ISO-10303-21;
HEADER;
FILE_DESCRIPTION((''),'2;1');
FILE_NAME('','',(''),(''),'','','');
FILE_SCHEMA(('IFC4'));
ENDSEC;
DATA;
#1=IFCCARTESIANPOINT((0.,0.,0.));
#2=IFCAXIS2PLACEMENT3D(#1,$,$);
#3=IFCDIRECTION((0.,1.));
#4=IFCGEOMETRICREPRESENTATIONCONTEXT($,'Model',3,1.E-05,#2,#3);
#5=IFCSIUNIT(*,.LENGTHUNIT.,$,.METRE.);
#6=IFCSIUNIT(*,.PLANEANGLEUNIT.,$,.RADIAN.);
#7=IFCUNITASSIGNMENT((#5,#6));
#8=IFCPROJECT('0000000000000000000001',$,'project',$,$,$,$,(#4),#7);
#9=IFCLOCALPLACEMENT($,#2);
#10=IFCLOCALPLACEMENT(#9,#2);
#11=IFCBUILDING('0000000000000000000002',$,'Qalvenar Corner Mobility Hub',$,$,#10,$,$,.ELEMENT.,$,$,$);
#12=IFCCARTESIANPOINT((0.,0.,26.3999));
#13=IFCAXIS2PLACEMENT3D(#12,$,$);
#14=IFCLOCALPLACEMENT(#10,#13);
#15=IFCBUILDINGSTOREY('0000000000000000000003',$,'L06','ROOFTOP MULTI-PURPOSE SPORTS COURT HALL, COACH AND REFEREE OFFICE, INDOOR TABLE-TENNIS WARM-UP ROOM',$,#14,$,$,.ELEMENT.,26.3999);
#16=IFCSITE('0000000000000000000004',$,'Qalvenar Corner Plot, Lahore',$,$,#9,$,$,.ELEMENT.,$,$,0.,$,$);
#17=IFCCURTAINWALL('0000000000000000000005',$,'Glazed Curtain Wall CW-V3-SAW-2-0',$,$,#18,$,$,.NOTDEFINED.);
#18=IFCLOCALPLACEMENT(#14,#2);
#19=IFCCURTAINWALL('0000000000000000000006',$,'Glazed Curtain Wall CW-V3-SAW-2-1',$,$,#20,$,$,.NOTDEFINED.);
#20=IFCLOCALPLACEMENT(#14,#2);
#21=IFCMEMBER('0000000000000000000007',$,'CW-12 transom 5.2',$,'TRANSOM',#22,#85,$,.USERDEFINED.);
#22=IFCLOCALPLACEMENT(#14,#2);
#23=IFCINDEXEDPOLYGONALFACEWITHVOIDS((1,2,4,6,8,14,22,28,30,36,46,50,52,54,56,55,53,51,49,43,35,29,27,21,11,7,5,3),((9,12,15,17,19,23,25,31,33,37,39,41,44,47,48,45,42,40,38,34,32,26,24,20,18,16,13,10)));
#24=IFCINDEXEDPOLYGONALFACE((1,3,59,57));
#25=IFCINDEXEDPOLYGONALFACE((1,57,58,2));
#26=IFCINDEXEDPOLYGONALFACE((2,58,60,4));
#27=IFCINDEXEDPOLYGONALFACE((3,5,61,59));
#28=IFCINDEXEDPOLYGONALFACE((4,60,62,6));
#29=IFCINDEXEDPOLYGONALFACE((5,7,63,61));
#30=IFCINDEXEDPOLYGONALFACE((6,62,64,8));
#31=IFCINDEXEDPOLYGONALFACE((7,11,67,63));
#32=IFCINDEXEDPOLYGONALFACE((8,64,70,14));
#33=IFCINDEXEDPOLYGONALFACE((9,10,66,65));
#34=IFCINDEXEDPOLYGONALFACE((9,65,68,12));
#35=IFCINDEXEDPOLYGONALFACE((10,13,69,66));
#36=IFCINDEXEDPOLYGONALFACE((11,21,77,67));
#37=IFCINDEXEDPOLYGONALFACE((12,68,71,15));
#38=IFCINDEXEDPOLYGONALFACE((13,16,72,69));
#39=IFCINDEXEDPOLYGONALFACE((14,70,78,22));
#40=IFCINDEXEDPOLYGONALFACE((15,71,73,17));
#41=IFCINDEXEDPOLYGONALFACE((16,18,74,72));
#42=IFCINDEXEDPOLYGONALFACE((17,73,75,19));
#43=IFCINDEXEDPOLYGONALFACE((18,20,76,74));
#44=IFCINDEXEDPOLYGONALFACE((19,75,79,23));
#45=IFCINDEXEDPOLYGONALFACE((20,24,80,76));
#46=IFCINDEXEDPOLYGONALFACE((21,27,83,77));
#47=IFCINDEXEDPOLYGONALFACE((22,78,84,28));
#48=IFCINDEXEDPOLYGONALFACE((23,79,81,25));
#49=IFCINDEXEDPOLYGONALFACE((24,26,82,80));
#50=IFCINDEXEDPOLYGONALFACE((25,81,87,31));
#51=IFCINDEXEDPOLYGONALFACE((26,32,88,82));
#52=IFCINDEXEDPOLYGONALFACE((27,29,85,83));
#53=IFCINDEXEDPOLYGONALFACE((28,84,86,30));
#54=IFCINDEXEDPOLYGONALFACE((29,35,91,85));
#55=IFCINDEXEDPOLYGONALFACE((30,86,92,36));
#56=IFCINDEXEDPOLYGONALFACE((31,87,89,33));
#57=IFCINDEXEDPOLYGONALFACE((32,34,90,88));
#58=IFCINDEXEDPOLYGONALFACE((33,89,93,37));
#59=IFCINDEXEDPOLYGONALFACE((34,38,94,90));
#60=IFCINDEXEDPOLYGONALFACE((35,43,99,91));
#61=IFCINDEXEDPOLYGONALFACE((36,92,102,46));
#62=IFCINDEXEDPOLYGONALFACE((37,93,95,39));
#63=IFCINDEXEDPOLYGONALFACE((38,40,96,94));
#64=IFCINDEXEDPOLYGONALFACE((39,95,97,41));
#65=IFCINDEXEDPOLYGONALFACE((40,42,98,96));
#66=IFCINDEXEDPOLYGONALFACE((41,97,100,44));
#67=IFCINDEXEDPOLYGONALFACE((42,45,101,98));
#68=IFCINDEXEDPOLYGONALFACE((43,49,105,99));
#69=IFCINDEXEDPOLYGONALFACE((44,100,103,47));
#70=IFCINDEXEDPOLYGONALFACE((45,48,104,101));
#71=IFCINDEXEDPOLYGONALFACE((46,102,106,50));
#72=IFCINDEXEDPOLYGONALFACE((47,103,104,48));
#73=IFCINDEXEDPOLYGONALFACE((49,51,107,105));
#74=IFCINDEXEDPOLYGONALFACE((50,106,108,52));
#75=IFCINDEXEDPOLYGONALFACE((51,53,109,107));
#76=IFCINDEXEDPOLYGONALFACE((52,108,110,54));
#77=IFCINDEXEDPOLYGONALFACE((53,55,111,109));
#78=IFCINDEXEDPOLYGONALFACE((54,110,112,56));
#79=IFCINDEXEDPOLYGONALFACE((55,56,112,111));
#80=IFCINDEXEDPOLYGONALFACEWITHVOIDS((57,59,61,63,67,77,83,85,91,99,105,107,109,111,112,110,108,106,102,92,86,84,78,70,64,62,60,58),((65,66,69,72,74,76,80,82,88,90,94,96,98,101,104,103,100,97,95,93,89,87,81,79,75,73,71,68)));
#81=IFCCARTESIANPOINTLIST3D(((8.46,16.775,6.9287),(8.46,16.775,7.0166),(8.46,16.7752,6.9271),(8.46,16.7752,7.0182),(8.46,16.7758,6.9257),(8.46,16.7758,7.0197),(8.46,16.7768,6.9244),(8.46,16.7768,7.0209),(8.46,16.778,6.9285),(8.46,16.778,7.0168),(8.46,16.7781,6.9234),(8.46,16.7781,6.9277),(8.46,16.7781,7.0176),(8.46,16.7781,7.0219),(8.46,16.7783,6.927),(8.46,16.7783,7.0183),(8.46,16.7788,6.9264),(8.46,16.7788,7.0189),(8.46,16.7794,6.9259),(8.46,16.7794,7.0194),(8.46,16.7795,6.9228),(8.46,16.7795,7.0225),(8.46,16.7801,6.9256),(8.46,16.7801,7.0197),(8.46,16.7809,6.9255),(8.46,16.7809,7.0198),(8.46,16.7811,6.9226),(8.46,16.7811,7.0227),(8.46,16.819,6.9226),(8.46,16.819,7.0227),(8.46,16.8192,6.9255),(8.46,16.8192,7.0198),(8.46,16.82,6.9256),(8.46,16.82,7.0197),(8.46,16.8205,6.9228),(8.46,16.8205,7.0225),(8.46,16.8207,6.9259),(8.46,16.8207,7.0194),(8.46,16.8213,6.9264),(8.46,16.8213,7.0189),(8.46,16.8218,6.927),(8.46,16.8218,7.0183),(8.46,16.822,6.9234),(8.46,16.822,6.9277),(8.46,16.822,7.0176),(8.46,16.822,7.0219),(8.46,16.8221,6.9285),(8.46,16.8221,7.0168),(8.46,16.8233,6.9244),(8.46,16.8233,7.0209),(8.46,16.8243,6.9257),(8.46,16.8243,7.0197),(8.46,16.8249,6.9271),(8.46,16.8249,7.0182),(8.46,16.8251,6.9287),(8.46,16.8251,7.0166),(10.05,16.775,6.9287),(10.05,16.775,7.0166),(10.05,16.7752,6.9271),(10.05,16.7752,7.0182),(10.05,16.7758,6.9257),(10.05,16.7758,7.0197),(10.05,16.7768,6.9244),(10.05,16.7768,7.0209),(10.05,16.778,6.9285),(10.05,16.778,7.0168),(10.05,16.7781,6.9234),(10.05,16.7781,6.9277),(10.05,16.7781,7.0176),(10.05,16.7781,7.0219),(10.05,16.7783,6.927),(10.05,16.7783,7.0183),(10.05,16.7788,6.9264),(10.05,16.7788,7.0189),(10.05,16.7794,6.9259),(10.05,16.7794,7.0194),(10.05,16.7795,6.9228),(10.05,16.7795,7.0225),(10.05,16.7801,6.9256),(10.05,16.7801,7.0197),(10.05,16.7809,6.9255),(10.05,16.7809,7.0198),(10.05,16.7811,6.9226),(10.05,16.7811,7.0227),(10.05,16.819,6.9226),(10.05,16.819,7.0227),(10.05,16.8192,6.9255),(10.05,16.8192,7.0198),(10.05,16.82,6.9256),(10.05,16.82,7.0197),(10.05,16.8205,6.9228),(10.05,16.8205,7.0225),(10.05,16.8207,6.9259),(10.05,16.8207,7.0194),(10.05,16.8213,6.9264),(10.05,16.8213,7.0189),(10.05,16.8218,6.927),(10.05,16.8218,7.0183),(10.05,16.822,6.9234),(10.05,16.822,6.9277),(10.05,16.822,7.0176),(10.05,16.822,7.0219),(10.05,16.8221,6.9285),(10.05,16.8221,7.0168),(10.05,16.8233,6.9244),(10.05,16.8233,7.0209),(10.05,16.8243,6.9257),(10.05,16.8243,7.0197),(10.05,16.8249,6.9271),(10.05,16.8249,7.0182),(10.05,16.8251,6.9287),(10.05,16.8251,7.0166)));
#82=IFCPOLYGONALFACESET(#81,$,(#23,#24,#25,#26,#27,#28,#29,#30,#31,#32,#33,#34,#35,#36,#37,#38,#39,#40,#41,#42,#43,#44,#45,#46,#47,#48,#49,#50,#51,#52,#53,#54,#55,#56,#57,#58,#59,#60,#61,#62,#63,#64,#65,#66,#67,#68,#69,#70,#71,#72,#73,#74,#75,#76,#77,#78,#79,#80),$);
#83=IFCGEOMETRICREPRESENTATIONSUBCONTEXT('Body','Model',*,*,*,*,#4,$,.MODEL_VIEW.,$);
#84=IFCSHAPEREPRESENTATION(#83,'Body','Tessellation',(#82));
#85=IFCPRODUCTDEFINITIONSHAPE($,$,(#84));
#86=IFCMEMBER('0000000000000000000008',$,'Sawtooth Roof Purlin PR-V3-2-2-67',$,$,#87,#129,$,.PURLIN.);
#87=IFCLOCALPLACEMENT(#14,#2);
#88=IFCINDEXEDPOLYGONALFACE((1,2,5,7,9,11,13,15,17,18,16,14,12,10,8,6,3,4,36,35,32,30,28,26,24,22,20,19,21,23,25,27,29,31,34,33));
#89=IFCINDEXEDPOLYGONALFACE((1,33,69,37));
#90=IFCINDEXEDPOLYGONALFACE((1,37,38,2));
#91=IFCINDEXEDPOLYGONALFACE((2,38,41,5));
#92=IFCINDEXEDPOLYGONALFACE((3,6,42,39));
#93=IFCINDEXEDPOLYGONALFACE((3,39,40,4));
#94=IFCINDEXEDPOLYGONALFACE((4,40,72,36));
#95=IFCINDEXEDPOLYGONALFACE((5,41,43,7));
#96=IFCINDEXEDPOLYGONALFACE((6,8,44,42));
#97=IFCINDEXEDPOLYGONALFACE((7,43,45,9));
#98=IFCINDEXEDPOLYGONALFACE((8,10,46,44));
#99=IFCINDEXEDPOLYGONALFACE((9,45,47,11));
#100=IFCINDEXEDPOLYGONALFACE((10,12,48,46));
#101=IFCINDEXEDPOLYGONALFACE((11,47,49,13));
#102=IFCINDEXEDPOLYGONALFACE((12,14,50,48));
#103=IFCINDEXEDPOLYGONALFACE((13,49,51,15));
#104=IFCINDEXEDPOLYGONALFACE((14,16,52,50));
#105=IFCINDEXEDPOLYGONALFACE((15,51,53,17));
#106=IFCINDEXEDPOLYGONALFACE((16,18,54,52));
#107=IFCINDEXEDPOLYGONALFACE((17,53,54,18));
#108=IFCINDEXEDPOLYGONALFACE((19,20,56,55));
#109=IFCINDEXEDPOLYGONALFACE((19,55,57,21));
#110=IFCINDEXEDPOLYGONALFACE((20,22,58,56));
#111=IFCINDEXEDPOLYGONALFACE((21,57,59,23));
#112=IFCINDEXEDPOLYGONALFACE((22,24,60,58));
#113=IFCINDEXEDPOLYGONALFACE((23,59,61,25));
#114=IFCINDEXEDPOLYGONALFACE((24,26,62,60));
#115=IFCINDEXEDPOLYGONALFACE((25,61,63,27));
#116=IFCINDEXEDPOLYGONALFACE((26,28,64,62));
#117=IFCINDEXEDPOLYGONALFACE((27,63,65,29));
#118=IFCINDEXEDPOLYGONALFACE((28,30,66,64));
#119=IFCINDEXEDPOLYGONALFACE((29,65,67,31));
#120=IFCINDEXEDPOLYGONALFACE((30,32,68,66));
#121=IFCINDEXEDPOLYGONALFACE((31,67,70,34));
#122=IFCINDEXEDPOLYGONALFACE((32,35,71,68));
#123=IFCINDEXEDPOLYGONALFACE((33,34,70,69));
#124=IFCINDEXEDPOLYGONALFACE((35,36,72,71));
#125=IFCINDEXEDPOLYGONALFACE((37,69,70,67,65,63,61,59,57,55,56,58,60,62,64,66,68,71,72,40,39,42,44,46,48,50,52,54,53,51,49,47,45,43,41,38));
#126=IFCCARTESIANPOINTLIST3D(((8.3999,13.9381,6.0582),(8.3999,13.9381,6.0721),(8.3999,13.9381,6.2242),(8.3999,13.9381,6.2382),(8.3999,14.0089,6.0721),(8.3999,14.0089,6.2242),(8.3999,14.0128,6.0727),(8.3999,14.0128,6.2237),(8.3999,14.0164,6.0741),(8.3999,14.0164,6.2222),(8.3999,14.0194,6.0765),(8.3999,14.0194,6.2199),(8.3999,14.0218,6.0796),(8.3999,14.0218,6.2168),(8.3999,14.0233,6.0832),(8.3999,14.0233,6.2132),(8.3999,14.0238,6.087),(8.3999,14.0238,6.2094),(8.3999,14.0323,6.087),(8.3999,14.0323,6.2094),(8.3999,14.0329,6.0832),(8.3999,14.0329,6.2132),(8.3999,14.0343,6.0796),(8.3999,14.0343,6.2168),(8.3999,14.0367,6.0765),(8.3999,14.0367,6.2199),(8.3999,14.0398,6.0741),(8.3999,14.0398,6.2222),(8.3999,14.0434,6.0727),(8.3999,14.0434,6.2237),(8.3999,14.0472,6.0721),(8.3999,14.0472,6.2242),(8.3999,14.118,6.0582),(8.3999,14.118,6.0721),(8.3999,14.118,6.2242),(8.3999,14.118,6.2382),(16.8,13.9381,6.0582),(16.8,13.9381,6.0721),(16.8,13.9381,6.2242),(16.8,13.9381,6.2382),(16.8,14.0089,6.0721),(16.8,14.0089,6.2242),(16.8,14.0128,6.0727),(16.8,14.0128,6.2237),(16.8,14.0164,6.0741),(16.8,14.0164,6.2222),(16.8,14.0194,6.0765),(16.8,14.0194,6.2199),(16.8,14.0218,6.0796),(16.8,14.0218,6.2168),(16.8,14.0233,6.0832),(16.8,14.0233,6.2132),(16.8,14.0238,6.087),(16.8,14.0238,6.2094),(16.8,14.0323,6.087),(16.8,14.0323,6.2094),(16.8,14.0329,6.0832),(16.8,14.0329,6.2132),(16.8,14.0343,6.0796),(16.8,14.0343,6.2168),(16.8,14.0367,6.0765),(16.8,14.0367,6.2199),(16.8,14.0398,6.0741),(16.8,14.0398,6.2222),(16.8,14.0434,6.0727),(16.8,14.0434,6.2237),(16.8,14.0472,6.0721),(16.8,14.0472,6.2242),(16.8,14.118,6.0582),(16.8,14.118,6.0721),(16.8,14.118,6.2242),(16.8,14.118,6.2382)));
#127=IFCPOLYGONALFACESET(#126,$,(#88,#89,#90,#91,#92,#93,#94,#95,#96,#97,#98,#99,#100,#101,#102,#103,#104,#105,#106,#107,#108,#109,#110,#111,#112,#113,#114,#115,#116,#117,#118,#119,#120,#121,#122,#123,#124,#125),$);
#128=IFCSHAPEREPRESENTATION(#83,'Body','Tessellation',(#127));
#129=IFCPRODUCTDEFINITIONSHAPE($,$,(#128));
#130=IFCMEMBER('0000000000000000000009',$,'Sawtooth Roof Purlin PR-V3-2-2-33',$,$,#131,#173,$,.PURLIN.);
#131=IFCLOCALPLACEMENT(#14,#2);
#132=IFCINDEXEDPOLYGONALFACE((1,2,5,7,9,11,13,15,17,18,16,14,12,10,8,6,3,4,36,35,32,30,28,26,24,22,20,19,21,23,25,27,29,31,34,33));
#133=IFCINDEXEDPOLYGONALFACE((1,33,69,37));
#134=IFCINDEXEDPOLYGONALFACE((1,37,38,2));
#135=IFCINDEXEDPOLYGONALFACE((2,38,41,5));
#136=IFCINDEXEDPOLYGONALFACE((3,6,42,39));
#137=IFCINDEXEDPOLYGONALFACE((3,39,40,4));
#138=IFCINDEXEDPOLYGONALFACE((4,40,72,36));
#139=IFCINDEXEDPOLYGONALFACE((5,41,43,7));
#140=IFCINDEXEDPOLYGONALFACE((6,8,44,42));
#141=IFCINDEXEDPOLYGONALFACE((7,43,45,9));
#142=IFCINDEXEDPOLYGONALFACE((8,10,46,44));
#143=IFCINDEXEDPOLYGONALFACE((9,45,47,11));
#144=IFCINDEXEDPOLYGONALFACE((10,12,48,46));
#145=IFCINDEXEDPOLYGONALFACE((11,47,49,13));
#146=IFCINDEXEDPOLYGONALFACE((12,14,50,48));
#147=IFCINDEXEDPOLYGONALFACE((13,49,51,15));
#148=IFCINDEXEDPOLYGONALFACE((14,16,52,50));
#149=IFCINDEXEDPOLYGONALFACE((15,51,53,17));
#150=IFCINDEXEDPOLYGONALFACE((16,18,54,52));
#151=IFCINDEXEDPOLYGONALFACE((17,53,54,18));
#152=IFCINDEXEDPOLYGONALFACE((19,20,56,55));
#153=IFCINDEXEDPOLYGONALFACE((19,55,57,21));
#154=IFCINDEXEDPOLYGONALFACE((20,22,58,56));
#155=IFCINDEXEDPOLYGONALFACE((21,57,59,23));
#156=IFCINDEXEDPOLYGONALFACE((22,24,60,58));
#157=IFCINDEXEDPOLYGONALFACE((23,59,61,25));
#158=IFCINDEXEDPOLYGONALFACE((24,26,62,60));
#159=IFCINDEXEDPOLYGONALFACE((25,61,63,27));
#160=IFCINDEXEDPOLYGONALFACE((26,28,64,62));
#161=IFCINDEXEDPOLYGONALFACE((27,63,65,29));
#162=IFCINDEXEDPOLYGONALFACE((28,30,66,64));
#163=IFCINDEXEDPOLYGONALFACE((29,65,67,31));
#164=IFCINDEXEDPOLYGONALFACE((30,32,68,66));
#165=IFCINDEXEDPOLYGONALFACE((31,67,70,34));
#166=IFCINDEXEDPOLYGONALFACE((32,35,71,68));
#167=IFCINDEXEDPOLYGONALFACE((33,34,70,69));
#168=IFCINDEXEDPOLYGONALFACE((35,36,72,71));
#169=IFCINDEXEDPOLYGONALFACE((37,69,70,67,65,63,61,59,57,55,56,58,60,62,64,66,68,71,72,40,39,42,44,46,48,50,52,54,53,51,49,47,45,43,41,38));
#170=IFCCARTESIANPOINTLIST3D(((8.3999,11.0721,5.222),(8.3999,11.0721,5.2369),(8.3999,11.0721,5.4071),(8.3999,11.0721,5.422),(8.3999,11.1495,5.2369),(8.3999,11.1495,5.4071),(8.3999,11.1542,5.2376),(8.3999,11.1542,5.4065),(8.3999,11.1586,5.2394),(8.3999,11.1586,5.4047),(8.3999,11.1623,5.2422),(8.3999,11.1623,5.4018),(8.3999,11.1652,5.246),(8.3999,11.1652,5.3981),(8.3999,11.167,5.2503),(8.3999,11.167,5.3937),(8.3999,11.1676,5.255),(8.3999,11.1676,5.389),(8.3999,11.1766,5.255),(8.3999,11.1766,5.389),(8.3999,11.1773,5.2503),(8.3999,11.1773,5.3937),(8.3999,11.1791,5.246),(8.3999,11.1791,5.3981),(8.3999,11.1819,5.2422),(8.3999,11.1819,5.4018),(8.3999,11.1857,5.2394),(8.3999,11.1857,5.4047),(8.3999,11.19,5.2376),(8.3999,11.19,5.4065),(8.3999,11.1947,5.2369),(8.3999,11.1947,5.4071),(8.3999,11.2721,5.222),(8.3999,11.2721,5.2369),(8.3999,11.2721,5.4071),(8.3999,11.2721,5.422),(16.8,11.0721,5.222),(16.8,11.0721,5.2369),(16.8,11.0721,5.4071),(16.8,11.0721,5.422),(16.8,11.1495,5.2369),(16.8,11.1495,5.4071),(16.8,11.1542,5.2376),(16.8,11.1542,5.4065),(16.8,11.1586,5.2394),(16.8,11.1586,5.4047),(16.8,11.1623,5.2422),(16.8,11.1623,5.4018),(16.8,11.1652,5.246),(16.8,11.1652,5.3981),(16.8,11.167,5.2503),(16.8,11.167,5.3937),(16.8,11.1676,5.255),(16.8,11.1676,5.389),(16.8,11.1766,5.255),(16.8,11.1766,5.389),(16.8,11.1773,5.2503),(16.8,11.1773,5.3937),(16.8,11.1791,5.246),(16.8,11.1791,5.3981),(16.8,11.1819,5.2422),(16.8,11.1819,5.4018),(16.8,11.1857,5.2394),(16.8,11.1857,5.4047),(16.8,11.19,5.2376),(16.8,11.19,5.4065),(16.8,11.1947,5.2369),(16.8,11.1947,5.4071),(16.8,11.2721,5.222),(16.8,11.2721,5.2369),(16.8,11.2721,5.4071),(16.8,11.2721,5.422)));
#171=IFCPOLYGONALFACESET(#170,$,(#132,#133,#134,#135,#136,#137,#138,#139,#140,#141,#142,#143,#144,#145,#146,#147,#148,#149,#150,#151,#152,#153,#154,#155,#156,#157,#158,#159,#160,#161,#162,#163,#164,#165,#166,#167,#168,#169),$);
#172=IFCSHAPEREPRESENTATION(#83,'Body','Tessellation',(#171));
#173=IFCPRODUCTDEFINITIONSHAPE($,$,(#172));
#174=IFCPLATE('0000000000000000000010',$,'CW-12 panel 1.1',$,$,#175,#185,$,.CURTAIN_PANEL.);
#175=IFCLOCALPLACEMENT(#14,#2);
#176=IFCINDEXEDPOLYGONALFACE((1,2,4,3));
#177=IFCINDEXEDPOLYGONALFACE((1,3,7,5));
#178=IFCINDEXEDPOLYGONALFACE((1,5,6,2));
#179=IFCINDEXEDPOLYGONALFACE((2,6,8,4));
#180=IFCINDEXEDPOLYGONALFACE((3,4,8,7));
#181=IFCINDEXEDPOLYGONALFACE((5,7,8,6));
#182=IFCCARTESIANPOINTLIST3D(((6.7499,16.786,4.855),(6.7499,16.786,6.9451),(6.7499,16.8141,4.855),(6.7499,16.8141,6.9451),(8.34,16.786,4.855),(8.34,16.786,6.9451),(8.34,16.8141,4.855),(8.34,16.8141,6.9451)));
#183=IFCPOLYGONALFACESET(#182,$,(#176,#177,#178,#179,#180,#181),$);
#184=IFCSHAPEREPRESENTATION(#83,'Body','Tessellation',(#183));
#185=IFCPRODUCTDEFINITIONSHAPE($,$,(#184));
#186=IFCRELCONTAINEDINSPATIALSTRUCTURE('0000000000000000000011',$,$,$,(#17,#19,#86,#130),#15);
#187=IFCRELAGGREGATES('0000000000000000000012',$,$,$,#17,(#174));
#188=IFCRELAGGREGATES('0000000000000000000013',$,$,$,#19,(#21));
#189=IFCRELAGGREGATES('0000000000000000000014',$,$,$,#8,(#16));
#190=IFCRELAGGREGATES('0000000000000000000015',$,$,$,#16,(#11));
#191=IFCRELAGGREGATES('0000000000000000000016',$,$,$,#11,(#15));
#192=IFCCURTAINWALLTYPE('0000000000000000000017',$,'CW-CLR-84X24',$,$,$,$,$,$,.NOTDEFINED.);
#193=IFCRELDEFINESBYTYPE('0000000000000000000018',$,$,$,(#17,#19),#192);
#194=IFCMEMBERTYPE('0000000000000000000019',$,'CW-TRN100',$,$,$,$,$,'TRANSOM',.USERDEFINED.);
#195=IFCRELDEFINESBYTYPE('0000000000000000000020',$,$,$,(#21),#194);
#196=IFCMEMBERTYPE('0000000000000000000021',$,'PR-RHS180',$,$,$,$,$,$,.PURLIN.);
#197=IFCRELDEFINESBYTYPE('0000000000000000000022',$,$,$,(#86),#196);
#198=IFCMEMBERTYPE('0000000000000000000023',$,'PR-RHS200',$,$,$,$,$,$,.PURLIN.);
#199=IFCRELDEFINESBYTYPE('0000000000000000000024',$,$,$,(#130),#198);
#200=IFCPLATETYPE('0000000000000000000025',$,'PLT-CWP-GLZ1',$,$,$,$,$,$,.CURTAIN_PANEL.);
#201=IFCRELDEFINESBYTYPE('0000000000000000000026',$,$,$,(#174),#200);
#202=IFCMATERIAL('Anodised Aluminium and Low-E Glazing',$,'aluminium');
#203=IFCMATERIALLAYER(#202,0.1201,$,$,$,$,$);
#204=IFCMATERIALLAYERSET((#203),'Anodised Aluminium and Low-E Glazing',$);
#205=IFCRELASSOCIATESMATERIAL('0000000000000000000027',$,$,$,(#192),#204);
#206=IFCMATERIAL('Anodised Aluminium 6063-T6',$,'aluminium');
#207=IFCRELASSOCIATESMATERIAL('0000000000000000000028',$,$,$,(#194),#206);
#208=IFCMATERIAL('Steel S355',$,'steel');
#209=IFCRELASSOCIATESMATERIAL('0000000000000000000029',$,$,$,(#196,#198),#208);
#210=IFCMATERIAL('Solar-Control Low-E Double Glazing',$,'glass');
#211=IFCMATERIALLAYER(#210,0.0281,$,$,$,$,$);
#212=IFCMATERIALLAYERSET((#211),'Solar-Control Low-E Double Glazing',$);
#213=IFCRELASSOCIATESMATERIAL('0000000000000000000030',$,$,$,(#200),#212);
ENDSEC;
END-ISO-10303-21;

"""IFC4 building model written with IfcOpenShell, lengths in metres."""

from ifc_helpers import new_model, si_unit, direction, frame, origin, origin_2d, place, context, subcontext, project, spatial, rectangle, hollow_rectangle, i_section, extrude, material, layer, layer_set, material_profile, profile_set, type_object, element, aggregate, save


model = new_model("IFC4")

# Units and contexts
model_context = context("Model", 3, precision=1e-05, world=origin(), true_north=direction((0.0, 1.0)))
body_context = subcontext(model_context, "Body", "Model", "MODEL_VIEW")
ifc_project = project(units=[si_unit("LENGTHUNIT", "METRE"), si_unit("PLANEANGLEUNIT", "RADIAN")], contexts=[model_context])

# Site, building, storey
site_placement = place(None, origin())
site = spatial("IfcSite", under=ifc_project, at=site_placement, Name="Qalvenar Corner Plot, Lahore", CompositionType="ELEMENT", RefElevation=0.0)
building_placement = place(site_placement, origin())
building = spatial("IfcBuilding", under=site, at=building_placement, Name="Qalvenar Corner Mobility Hub", CompositionType="ELEMENT")
storey_placement = place(building_placement, frame((0.0, 0.0, 26.3999)))
storey = spatial("IfcBuildingStorey", under=building, at=storey_placement, Name="L06", Description="ROOFTOP MULTI-PURPOSE SPORTS COURT HALL, COACH AND REFEREE OFFICE, INDOOR TABLE-TENNIS WARM-UP ROOM", CompositionType="ELEMENT", Elevation=26.3999)

# Shared definitions
ifc_material_1 = material(Name="Steel S355", Category="steel")

# Curtain walls
ifc_material_2 = material(Name="Anodised Aluminium and Low-E Glazing", Category="aluminium")
ifc_layer_1 = layer(ifc_material_2, 0.1201)
ifc_layer_set_1 = layer_set([ifc_layer_1], Name="Anodised Aluminium and Low-E Glazing")
curtain_wall_type = type_object("IfcCurtainWallType", Name="CW-CLR-84X24", PredefinedType="NOTDEFINED", material=ifc_layer_set_1)
curtain_wall_1_placement = place(storey_placement, origin())
curtain_wall_1 = element("IfcCurtainWall", 1, at=curtain_wall_1_placement, inside=storey, type_object=curtain_wall_type, Name="Glazed Curtain Wall CW-V3-SAW-2-0", PredefinedType="NOTDEFINED")
ifc_material_3 = material(Name="Anodised Aluminium 6063-T6", Category="aluminium")
curtain_wall_2_placement = place(storey_placement, origin())
curtain_wall_2 = element("IfcCurtainWall", 2, at=curtain_wall_2_placement, inside=storey, type_object=curtain_wall_type, Name="Glazed Curtain Wall CW-V3-SAW-2-1", PredefinedType="NOTDEFINED")

# Member
ifc_material_profile_1 = material_profile(ifc_material_3, hollow_rectangle(XDim=0.05, YDim=0.1001, WallThickness=0.0029, InnerFilletRadius=0.0029, OuterFilletRadius=0.0061, at=origin_2d()), Name="RHS100x50x3")
ifc_profile_set_1 = profile_set([ifc_material_profile_1], Name="Anodised Aluminium 6063-T6")
member_type_1 = type_object("IfcMemberType", Name="CW-TRN100", ElementType="TRANSOM", PredefinedType="USERDEFINED", material=ifc_profile_set_1)
member_1_placement = place(storey_placement, frame((10.05, 16.8, 6.9727), z_axis=(-1.0, 0.0, 0.0), x_axis=(0.0, -1.0, 0.0)))
member_1 = element("IfcMember", 3, at=member_1_placement, type_object=member_type_1, Name="CW-12 transom 5.2", ObjectType="TRANSOM", PredefinedType="USERDEFINED", context=body_context, shape_type="SweptSolid", body=[
    extrude(hollow_rectangle(XDim=0.05, YDim=0.1001, WallThickness=0.0029, InnerFilletRadius=0.0029, OuterFilletRadius=0.0061, at=origin_2d()), origin(), (0.0, 0.0, 1.0), 1.5901),
])

# Members
ifc_material_profile_2 = material_profile(ifc_material_1, i_section(OverallWidth=0.1799, OverallDepth=0.1799, WebThickness=0.0085, FlangeThickness=0.0139, FilletRadius=0.0149, at=origin_2d()), Name="HEB180")
ifc_profile_set_2 = profile_set([ifc_material_profile_2], Name="Steel S355")
member_type_2 = type_object("IfcMemberType", Name="PR-RHS180", PredefinedType="PURLIN", material=ifc_profile_set_2)
member_2_placement = place(storey_placement, frame((8.3999, 14.0281, 6.1482), z_axis=(1.0, 0.0, 0.0), x_axis=(0.0, 1.0, 0.0)))
element("IfcMember", 4, at=member_2_placement, inside=storey, type_object=member_type_2, Name="Sawtooth Roof Purlin PR-V3-2-2-67", PredefinedType="PURLIN", context=body_context, shape_type="SweptSolid", body=[
    extrude(i_section(OverallWidth=0.1799, OverallDepth=0.1799, WebThickness=0.0085, FlangeThickness=0.0139, FilletRadius=0.0149, at=origin_2d()), origin(), (0.0, 0.0, 1.0), 8.4001),
])
ifc_material_profile_3 = material_profile(ifc_material_1, i_section(OverallWidth=0.2, OverallDepth=0.2, WebThickness=0.009, FlangeThickness=0.0149, FilletRadius=0.0181, at=origin_2d()), Name="HEB200")
ifc_profile_set_3 = profile_set([ifc_material_profile_3], Name="Steel S355")
member_type_3 = type_object("IfcMemberType", Name="PR-RHS200", PredefinedType="PURLIN", material=ifc_profile_set_3)
member_3_placement = place(storey_placement, frame((8.3999, 11.1721, 5.322), z_axis=(1.0, 0.0, 0.0), x_axis=(0.0, 1.0, 0.0)))
element("IfcMember", 5, at=member_3_placement, inside=storey, type_object=member_type_3, Name="Sawtooth Roof Purlin PR-V3-2-2-33", PredefinedType="PURLIN", context=body_context, shape_type="SweptSolid", body=[
    extrude(i_section(OverallWidth=0.2, OverallDepth=0.2, WebThickness=0.009, FlangeThickness=0.0149, FilletRadius=0.0181, at=origin_2d()), origin(), (0.0, 0.0, 1.0), 8.4001),
])

# Plate
ifc_material_4 = material(Name="Solar-Control Low-E Double Glazing", Category="glass")
ifc_layer_2 = layer(ifc_material_4, 0.0281)
ifc_layer_set_2 = layer_set([ifc_layer_2], Name="Solar-Control Low-E Double Glazing")
plate_type = type_object("IfcPlateType", Name="PLT-CWP-GLZ1", PredefinedType="CURTAIN_PANEL", material=ifc_layer_set_2)
plate_1_placement = place(storey_placement, frame((7.5449, 16.8, 4.855), z_axis=(0.0, 0.0, 1.0), x_axis=(-1.0, 0.0, 0.0)))
plate_1 = element("IfcPlate", 6, at=plate_1_placement, type_object=plate_type, Name="CW-12 panel 1.1", PredefinedType="CURTAIN_PANEL", context=body_context, shape_type="SweptSolid", body=[
    extrude(rectangle(XDim=1.5901, YDim=0.0281, at=origin_2d()), origin(), (0.0, 0.0, 1.0), 2.0901),
])
aggregate(curtain_wall_1, [plate_1])
aggregate(curtain_wall_2, [member_1])

save(model, "model.ifc")
